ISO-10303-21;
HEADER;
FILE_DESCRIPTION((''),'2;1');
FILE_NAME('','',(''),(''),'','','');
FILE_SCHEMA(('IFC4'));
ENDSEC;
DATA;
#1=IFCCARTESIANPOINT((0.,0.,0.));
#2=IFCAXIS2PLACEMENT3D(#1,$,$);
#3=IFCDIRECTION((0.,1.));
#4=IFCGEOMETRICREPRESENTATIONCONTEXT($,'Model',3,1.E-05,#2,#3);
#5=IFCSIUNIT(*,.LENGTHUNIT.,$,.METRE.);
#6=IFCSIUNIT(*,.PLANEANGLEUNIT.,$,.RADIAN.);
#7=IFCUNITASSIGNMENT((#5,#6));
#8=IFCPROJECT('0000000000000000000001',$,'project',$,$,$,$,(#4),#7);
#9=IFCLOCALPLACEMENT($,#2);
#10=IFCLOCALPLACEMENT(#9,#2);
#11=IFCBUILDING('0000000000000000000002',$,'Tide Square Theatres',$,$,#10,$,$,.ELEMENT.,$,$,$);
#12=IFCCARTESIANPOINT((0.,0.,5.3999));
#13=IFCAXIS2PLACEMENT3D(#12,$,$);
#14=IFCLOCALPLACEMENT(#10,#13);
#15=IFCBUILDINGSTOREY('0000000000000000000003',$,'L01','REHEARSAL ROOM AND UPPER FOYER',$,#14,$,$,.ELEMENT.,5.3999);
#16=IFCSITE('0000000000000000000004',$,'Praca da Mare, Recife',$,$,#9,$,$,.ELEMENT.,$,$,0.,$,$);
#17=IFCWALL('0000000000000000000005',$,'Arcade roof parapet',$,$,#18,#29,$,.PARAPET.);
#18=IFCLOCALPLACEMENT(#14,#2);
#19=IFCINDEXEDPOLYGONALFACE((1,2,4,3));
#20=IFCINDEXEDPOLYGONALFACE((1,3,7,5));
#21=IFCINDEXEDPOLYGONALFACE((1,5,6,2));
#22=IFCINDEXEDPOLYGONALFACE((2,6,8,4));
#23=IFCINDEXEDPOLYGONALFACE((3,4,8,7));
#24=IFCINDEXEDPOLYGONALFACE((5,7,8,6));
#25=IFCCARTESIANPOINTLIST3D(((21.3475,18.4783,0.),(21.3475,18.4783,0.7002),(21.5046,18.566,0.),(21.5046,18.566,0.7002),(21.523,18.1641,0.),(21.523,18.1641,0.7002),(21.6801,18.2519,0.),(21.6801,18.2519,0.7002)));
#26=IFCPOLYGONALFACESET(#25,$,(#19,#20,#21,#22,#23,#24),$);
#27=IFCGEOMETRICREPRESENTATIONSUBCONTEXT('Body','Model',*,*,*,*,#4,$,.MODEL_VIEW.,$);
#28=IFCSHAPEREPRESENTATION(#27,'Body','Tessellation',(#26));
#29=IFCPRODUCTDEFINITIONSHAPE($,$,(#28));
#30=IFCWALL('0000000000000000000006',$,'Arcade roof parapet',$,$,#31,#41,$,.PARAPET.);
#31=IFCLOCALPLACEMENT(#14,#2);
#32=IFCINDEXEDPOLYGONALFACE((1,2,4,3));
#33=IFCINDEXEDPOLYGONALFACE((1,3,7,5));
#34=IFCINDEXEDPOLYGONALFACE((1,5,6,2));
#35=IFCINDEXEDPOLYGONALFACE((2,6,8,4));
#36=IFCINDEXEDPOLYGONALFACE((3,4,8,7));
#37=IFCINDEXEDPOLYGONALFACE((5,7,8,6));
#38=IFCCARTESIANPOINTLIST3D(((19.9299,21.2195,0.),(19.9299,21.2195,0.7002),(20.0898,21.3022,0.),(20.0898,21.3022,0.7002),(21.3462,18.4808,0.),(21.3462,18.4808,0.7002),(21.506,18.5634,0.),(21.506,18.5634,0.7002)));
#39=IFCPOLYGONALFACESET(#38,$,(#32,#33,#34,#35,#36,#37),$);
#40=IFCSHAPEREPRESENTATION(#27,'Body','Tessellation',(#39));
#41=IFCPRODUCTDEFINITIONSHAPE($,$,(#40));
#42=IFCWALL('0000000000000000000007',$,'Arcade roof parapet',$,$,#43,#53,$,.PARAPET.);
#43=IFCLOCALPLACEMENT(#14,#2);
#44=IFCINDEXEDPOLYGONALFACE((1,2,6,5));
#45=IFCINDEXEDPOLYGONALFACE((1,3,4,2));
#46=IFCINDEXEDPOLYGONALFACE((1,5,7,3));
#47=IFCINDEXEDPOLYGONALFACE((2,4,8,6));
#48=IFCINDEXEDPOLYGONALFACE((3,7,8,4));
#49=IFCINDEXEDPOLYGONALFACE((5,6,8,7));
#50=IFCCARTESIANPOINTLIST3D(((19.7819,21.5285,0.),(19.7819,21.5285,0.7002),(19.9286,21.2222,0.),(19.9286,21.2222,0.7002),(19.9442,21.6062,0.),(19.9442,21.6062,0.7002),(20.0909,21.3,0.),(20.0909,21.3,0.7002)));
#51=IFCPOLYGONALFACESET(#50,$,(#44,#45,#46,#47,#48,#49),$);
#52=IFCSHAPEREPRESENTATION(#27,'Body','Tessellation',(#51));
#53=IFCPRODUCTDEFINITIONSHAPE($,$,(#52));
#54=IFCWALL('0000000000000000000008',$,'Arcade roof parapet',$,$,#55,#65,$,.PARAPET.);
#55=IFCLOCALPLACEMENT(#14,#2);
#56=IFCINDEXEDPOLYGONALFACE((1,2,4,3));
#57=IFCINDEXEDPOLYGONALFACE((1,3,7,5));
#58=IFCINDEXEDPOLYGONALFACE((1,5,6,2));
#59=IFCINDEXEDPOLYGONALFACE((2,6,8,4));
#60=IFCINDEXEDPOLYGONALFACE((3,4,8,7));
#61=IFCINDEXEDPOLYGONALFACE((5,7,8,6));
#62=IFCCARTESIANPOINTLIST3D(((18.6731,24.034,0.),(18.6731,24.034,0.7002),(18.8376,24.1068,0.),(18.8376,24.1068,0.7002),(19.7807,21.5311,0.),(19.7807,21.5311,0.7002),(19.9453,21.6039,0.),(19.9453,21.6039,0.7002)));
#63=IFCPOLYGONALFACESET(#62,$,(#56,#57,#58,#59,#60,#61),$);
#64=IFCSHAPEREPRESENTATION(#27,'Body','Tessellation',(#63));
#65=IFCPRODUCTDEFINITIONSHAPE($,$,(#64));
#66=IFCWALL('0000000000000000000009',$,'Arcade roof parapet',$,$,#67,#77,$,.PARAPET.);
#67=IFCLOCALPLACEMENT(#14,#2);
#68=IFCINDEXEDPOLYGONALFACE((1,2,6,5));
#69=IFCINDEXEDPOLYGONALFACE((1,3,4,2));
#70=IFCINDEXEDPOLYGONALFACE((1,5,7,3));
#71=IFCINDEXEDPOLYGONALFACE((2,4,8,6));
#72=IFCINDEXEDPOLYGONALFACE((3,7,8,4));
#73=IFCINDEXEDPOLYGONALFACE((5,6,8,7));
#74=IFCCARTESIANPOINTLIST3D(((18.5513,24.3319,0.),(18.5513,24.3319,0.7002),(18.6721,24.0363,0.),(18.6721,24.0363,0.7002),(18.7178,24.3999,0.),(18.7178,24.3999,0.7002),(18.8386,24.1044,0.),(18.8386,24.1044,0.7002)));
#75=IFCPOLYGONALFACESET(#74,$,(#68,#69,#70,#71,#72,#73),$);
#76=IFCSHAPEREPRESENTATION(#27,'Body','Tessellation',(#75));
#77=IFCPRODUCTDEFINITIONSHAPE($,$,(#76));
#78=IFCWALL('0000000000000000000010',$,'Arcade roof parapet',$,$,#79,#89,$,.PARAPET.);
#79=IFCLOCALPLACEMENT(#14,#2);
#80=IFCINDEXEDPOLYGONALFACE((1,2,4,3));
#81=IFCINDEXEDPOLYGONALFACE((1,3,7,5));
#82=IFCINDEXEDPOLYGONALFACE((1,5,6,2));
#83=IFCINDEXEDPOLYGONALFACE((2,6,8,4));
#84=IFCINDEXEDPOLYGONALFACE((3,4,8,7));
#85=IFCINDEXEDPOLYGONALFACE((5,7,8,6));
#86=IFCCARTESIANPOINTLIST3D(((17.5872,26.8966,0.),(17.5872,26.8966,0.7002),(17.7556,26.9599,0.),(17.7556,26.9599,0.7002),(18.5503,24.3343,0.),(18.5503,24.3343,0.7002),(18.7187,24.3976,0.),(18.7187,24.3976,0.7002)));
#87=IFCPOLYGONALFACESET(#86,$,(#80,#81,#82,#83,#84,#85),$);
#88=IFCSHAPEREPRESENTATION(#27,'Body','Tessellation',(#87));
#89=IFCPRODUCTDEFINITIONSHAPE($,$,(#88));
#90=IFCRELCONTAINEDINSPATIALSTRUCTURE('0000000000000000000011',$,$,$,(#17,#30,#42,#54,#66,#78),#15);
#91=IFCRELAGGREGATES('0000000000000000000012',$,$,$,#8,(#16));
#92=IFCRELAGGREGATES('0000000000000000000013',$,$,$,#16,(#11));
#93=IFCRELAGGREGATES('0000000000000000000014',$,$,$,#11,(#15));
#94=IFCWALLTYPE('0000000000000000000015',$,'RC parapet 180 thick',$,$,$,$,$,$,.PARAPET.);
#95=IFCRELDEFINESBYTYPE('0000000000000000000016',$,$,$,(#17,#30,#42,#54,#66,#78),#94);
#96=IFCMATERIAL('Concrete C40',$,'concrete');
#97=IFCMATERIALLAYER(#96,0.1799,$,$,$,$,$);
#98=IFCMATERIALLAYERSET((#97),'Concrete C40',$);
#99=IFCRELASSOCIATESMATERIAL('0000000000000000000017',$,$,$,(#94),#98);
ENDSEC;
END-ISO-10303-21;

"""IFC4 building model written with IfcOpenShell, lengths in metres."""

from ifc_helpers import new_model, si_unit, direction, frame, frame_2d, origin, place, context, subcontext, project, spatial, rectangle, extrude, material, layer, layer_set, type_object, element, save


model = new_model("IFC4")

# Units and contexts
model_context = context("Model", 3, precision=1e-05, world=origin(), true_north=direction((0.0, 1.0)))
body_context = subcontext(model_context, "Body", "Model", "MODEL_VIEW")
ifc_project = project(units=[si_unit("LENGTHUNIT", "METRE"), si_unit("PLANEANGLEUNIT", "RADIAN")], contexts=[model_context])

# Site, building, storey
site_placement = place(None, origin())
site = spatial("IfcSite", under=ifc_project, at=site_placement, Name="Praca da Mare, Recife", CompositionType="ELEMENT", RefElevation=0.0)
building_placement = place(site_placement, origin())
building = spatial("IfcBuilding", under=site, at=building_placement, Name="Tide Square Theatres", CompositionType="ELEMENT")
storey_placement = place(building_placement, frame((0.0, 0.0, 5.3999)))
storey = spatial("IfcBuildingStorey", under=building, at=storey_placement, Name="L01", Description="REHEARSAL ROOM AND UPPER FOYER", CompositionType="ELEMENT", Elevation=5.3999)

# Walls
ifc_material_1 = material(Name="Concrete C40", Category="concrete")
ifc_layer = layer(ifc_material_1, 0.1799)
ifc_layer_set = layer_set([ifc_layer], Name="Concrete C40")
wall_type = type_object("IfcWallType", Name="RC parapet 180 thick", PredefinedType="PARAPET", material=ifc_layer_set)
wall_1_placement = place(storey_placement, frame((21.6016, 18.208, 0.0), z_axis=(0.0, 0.0, 1.0), x_axis=(-0.487715, 0.873003, 0.0)))
element("IfcWall", 1, at=wall_1_placement, inside=storey, type_object=wall_type, Name="Arcade roof parapet", PredefinedType="PARAPET", context=body_context, shape_type="SweptSolid", body=[
    extrude(rectangle(XDim=0.3599, YDim=0.1799, at=frame_2d((0.1799, 0.0))), origin(), (0.0, 0.0, 1.0), 0.7002),
])
wall_2_placement = place(storey_placement, frame((21.426, 18.5222, 0.0), z_axis=(0.0, 0.0, 1.0), x_axis=(-0.459335, 0.888263, 0.0)))
element("IfcWall", 2, at=wall_2_placement, inside=storey, type_object=wall_type, Name="Arcade roof parapet", PredefinedType="PARAPET", context=body_context, shape_type="SweptSolid", body=[
    extrude(rectangle(XDim=3.0833, YDim=0.1799, at=frame_2d((1.5415, 0.0))), origin(), (0.0, 0.0, 1.0), 0.7002),
])
wall_3_placement = place(storey_placement, frame((20.0098, 21.261, 0.0), z_axis=(0.0, 0.0, 1.0), x_axis=(-0.431913, 0.901915, 0.0)))
element("IfcWall", 3, at=wall_3_placement, inside=storey, type_object=wall_type, Name="Arcade roof parapet", PredefinedType="PARAPET", context=body_context, shape_type="SweptSolid", body=[
    extrude(rectangle(XDim=0.3396, YDim=0.1799, at=frame_2d((0.1699, 0.0))), origin(), (0.0, 0.0, 1.0), 0.7002),
])
wall_4_placement = place(storey_placement, frame((19.863, 21.5674, 0.0), z_axis=(0.0, 0.0, 1.0), x_axis=(-0.40469, 0.914454, 0.0)))
element("IfcWall", 4, at=wall_4_placement, inside=storey, type_object=wall_type, Name="Arcade roof parapet", PredefinedType="PARAPET", context=body_context, shape_type="SweptSolid", body=[
    extrude(rectangle(XDim=2.7371, YDim=0.1799, at=frame_2d((1.3687, 0.0))), origin(), (0.0, 0.0, 1.0), 0.7002),
])
wall_5_placement = place(storey_placement, frame((18.7554, 24.0703, 0.0), z_axis=(0.0, 0.0, 1.0), x_axis=(-0.378365, 0.925657, 0.0)))
element("IfcWall", 5, at=wall_5_placement, inside=storey, type_object=wall_type, Name="Arcade roof parapet", PredefinedType="PARAPET", context=body_context, shape_type="SweptSolid", body=[
    extrude(rectangle(XDim=0.3193, YDim=0.1799, at=frame_2d((0.1597, 0.0))), origin(), (0.0, 0.0, 1.0), 0.7002),
])
wall_6_placement = place(storey_placement, frame((18.6345, 24.366, 0.0), z_axis=(0.0, 0.0, 1.0), x_axis=(-0.351856, 0.936054, 0.0)))
element("IfcWall", 6, at=wall_6_placement, inside=storey, type_object=wall_type, Name="Arcade roof parapet", PredefinedType="PARAPET", context=body_context, shape_type="SweptSolid", body=[
    extrude(rectangle(XDim=2.7373, YDim=0.1799, at=frame_2d((1.3687, 0.0))), origin(), (0.0, 0.0, 1.0), 0.7002),
])

save(model, "model.ifc")
